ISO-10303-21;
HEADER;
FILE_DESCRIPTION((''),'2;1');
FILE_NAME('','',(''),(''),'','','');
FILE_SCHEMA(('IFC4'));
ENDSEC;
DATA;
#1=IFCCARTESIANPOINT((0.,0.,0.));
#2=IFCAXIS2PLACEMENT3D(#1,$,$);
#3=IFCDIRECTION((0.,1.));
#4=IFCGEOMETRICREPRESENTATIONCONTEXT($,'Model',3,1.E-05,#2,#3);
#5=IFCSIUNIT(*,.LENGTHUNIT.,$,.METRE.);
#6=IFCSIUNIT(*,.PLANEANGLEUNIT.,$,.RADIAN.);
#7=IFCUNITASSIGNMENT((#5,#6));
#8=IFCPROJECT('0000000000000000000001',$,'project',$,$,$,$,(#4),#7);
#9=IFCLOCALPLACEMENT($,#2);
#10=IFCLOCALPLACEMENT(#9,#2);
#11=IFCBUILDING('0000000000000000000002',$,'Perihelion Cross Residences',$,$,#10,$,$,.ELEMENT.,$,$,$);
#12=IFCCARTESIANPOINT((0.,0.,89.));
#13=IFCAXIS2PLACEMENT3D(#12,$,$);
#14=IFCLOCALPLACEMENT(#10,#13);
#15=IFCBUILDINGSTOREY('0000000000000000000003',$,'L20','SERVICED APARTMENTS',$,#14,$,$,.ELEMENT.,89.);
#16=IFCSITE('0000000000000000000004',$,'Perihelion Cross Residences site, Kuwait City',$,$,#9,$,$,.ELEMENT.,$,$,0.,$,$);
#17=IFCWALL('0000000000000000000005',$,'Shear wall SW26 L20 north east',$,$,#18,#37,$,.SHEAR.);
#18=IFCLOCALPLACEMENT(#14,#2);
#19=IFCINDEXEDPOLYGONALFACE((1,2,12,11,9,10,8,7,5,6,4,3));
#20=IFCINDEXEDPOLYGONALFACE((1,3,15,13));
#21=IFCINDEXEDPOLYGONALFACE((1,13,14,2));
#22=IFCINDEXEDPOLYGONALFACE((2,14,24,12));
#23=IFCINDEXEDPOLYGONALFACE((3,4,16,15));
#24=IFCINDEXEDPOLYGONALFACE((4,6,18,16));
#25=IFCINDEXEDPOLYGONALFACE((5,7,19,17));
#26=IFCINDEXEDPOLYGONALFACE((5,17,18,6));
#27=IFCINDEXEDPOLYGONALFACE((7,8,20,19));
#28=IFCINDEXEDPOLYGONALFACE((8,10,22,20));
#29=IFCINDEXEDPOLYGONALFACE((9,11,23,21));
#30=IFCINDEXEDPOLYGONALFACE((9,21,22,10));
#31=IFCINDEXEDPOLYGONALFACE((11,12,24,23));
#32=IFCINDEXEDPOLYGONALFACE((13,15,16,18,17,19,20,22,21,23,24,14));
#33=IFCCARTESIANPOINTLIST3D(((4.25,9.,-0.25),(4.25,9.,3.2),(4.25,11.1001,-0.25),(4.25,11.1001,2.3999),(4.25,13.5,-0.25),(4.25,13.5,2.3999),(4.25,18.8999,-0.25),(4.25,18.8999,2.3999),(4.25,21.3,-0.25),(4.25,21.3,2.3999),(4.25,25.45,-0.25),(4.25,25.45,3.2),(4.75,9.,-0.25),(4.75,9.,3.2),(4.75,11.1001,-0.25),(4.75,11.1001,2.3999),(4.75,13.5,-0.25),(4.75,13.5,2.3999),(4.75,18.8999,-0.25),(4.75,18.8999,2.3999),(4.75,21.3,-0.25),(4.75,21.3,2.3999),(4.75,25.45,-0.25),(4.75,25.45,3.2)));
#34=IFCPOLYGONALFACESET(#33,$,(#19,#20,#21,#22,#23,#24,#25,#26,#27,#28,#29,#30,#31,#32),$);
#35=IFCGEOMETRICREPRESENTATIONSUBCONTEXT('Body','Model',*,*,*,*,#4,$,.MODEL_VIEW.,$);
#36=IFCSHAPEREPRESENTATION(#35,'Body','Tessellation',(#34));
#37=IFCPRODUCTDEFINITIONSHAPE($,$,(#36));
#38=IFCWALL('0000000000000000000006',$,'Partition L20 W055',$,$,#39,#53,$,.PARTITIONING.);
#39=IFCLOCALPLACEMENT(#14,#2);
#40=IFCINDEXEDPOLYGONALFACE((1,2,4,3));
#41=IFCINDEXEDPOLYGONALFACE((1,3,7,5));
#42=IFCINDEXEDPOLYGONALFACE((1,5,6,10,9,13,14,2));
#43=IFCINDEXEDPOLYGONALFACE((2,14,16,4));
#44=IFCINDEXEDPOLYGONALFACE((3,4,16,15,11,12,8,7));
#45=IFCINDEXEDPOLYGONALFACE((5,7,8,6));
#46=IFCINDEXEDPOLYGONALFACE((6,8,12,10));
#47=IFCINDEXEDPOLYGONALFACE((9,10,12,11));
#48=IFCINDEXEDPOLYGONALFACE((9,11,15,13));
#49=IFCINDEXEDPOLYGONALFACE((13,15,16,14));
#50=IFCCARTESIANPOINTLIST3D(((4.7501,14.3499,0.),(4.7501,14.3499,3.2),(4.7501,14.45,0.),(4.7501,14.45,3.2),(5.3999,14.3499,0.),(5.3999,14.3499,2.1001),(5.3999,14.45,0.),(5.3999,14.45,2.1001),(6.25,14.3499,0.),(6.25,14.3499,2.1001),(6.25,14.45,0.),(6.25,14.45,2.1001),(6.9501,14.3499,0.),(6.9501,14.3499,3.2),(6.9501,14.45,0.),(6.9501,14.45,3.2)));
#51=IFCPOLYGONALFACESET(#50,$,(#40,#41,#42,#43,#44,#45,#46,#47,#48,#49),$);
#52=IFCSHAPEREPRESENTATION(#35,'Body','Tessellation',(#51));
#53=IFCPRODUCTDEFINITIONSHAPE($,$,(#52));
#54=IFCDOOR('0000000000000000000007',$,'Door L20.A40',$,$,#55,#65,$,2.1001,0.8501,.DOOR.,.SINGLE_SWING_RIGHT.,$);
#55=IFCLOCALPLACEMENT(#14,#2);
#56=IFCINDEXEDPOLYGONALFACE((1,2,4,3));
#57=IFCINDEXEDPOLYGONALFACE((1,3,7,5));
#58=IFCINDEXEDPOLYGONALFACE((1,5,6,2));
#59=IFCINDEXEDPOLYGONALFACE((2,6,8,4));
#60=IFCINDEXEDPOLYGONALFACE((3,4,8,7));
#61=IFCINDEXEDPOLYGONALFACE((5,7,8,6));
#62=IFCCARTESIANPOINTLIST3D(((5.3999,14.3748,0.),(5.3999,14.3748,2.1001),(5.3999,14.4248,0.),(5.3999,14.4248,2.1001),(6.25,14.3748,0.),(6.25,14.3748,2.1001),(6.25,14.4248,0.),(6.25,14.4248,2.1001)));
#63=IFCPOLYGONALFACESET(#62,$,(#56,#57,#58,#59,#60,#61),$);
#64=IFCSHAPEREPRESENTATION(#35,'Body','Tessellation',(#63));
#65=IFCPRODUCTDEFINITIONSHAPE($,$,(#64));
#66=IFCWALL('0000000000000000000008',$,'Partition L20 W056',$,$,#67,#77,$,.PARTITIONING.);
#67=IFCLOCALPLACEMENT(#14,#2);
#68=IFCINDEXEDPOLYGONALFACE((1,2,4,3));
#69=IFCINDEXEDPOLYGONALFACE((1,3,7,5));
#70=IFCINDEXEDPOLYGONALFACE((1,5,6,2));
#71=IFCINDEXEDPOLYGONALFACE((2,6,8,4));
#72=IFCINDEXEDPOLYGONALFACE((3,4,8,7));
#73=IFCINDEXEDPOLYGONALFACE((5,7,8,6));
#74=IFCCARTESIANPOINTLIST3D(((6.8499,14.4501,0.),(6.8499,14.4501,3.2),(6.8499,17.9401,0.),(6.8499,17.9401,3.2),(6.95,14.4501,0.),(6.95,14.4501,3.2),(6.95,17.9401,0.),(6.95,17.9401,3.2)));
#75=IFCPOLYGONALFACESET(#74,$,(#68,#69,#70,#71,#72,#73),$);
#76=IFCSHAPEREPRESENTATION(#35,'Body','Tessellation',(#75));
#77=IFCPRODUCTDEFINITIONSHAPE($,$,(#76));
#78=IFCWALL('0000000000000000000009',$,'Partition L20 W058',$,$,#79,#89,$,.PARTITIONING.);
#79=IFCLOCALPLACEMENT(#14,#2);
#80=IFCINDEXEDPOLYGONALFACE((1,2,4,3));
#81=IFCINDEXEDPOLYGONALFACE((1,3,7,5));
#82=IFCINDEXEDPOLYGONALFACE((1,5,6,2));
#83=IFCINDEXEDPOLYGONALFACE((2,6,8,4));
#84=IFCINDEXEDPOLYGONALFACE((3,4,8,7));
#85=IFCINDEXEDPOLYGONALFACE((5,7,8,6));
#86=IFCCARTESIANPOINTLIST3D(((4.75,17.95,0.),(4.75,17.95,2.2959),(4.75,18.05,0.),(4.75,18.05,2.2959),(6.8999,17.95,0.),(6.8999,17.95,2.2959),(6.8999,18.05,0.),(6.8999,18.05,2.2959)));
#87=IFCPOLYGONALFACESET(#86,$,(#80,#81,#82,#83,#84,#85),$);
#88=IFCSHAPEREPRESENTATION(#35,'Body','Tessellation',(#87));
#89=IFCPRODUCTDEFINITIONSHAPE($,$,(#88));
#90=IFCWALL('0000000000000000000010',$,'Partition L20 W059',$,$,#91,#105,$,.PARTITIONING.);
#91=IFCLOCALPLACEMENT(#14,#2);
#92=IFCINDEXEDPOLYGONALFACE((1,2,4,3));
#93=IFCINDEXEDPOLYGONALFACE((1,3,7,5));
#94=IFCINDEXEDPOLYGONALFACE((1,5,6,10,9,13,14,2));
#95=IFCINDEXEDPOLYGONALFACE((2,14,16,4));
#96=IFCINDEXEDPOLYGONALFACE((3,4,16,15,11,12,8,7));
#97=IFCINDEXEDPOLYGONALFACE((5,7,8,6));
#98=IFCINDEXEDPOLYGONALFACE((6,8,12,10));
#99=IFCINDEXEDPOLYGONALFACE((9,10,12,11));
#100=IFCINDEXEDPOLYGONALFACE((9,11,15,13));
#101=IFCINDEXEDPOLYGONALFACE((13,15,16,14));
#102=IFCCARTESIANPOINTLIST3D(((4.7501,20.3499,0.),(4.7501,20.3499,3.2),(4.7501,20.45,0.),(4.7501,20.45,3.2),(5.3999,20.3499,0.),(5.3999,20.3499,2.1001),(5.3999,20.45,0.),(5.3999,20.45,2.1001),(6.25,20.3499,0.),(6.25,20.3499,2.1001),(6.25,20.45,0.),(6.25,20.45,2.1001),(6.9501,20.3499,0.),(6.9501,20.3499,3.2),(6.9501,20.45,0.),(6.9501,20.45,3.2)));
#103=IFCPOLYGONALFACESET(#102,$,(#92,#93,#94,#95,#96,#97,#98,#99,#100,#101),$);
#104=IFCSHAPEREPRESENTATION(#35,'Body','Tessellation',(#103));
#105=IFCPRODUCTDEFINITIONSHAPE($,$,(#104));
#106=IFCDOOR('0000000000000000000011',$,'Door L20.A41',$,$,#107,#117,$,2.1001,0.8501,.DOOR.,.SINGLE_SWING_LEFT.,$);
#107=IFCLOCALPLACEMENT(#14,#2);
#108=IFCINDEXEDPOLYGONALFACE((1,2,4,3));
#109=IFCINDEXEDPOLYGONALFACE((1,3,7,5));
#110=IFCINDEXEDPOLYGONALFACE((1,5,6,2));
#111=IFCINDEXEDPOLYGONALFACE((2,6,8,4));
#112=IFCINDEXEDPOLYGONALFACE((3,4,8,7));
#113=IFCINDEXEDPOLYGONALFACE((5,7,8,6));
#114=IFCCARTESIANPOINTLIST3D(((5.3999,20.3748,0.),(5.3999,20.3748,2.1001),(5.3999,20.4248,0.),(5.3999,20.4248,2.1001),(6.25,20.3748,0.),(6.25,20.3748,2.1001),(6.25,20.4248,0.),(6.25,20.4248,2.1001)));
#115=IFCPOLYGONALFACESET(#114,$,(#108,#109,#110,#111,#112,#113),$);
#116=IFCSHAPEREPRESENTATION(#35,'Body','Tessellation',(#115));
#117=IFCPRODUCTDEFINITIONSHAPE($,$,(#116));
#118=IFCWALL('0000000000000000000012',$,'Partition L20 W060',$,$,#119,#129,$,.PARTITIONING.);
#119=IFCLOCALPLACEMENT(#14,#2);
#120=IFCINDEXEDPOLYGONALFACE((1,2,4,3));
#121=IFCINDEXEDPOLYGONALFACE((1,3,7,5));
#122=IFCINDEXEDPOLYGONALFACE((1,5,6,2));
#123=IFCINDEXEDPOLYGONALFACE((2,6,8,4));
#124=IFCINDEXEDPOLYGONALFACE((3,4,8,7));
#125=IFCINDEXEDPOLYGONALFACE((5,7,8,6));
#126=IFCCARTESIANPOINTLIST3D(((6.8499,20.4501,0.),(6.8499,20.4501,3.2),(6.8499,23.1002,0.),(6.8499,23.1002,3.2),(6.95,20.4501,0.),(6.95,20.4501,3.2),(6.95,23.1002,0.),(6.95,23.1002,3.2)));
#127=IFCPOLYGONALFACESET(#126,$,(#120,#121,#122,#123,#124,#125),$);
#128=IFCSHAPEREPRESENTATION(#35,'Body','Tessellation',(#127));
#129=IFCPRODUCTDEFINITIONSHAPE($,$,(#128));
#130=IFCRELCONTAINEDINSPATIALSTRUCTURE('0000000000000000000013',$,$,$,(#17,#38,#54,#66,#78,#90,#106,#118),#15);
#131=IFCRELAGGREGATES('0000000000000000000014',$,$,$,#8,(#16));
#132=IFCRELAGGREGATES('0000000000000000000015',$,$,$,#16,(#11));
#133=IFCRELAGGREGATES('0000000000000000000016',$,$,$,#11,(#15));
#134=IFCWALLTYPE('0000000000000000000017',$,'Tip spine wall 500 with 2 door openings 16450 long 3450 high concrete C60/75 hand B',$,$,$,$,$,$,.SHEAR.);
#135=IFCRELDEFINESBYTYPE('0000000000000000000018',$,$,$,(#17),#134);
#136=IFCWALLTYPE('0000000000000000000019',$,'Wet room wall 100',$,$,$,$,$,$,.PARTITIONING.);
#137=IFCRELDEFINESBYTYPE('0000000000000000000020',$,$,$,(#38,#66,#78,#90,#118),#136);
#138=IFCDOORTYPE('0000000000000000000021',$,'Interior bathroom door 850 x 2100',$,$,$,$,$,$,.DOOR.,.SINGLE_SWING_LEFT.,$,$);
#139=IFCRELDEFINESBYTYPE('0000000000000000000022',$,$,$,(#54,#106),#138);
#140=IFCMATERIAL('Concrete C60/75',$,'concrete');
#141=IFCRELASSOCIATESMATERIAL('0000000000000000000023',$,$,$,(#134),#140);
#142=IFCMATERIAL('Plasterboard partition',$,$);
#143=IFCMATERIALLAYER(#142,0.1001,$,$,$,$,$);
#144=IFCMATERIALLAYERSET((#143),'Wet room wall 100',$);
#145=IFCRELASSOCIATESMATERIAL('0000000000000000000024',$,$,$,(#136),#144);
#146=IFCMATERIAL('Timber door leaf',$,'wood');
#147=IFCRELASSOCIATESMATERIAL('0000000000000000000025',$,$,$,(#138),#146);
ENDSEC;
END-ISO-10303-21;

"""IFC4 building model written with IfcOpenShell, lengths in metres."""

from ifc_helpers import new_model, si_unit, direction, frame, frame_2d, origin, place, context, subcontext, project, spatial, polyline, rectangle, outline, extrude, material, layer, layer_set, material_profile, profile_set, type_object, element, fill, save


model = new_model("IFC4")

# Units and contexts
model_context = context("Model", 3, precision=1e-05, world=origin(), true_north=direction((0.0, 1.0)))
body_context = subcontext(model_context, "Body", "Model", "MODEL_VIEW")
ifc_project = project(units=[si_unit("LENGTHUNIT", "METRE"), si_unit("PLANEANGLEUNIT", "RADIAN")], contexts=[model_context])

# Site, building, storey
site_placement = place(None, origin())
site = spatial("IfcSite", under=ifc_project, at=site_placement, Name="Perihelion Cross Residences site, Kuwait City", CompositionType="ELEMENT", RefElevation=0.0)
building_placement = place(site_placement, origin())
building = spatial("IfcBuilding", under=site, at=building_placement, Name="Perihelion Cross Residences", CompositionType="ELEMENT")
storey_placement = place(building_placement, frame((0.0, 0.0, 89.0)))
storey = spatial("IfcBuildingStorey", under=building, at=storey_placement, Name="L20", Description="SERVICED APARTMENTS", CompositionType="ELEMENT", Elevation=89.0)

# Wall
ifc_material_1 = material(Name="Concrete C60/75", Category="concrete")
ifc_material_profile_1 = material_profile(ifc_material_1, outline(polyline([(0.0, 0.0), (2.1001, 0.0), (2.1001, 2.6499), (4.5, 2.6499), (4.5, 0.0), (9.8999, 0.0), (9.8999, 2.6499), (12.3, 2.6499), (12.3, 0.0), (16.45, 0.0), (16.45, 3.45), (0.0, 3.45), (0.0, 0.0)])), Name="Tip spine wall")
ifc_profile_set_1 = profile_set([ifc_material_profile_1], Name="Concrete C60/75")
wall_type_1 = type_object("IfcWallType", Name="Tip spine wall 500 with 2 door openings 16450 long 3450 high concrete C60/75 hand B", PredefinedType="SHEAR", material=ifc_profile_set_1)
wall_1_placement = place(storey_placement, frame((4.25, 9.0, -0.25), z_axis=(1.0, 0.0, 0.0), x_axis=(0.0, 1.0, 0.0)))
element("IfcWall", 1, at=wall_1_placement, inside=storey, type_object=wall_type_1, Name="Shear wall SW26 L20 north east", PredefinedType="SHEAR", context=body_context, shape_type="SweptSolid", body=[
    extrude(outline(polyline([(0.0, 0.0), (2.1001, 0.0), (2.1001, 2.6499), (4.5, 2.6499), (4.5, 0.0), (9.8999, 0.0), (9.8999, 2.6499), (12.3, 2.6499), (12.3, 0.0), (16.45, 0.0), (16.45, 3.45), (0.0, 3.45), (0.0, 0.0)])), origin(), (0.0, 0.0, 1.0), 0.5),
])

# Wall, opening, door
ifc_material_2 = material(Name="Plasterboard partition")
ifc_layer_1 = layer(ifc_material_2, 0.1001)
ifc_layer_set_1 = layer_set([ifc_layer_1], Name="Wet room wall 100")
wall_type_2 = type_object("IfcWallType", Name="Wet room wall 100", PredefinedType="PARTITIONING", material=ifc_layer_set_1)
wall_2_placement = place(storey_placement, frame((4.75, 14.3999, 0.0), z_axis=(0.0, 0.0, 1.0), x_axis=(1.0, 0.0, 0.0)))
wall_2 = element("IfcWall", 2, at=wall_2_placement, inside=storey, type_object=wall_type_2, Name="Partition L20 W055", PredefinedType="PARTITIONING", context=body_context, shape_type="SweptSolid", body=[
    extrude(rectangle(XDim=2.2, YDim=0.1001, at=frame_2d((1.1001, 0.0))), origin(), (0.0, 0.0, 1.0), 3.2),
])
opening_1_placement = place(wall_2_placement, frame((0.6499, 0.0, 0.0)))
opening_1 = element("IfcOpeningElement", 3, at=opening_1_placement, cuts=wall_2, PredefinedType="OPENING", context=body_context, shape_type="SweptSolid", body=[
    extrude(rectangle(XDim=0.8501, YDim=2.1001, at=frame_2d((0.425, 1.05))), frame((0.0, 0.0601, 0.0), z_axis=(0.0, -1.0, 0.0), x_axis=(1.0, 0.0, 0.0)), (0.0, 0.0, 1.0), 0.1201),
])
ifc_material_3 = material(Name="Timber door leaf", Category="wood")
door_type_1 = type_object("IfcDoorType", Name="Interior bathroom door 850 x 2100", OperationType="SINGLE_SWING_LEFT", PredefinedType="DOOR", material=ifc_material_3)
door_1_placement = place(opening_1_placement, origin())
door_1 = element("IfcDoor", 4, at=door_1_placement, inside=storey, type_object=door_type_1, Name="Door L20.A40", OperationType="SINGLE_SWING_RIGHT", OverallHeight=2.1001, OverallWidth=0.8501, PredefinedType="DOOR", context=body_context, shape_type="SweptSolid", body=[
    extrude(rectangle(XDim=0.8501, YDim=2.1001, at=frame_2d((0.425, 1.05))), frame((0.0, 0.0249, 0.0), z_axis=(0.0, -1.0, 0.0), x_axis=(1.0, 0.0, 0.0)), (0.0, 0.0, 1.0), 0.05),
])
fill(opening_1, door_1)

# Walls
wall_3_placement = place(storey_placement, frame((6.8999, 14.45, 0.0), z_axis=(0.0, 0.0, 1.0), x_axis=(0.0, 1.0, 0.0)))
element("IfcWall", 5, at=wall_3_placement, inside=storey, type_object=wall_type_2, Name="Partition L20 W056", PredefinedType="PARTITIONING", context=body_context, shape_type="SweptSolid", body=[
    extrude(rectangle(XDim=3.49, YDim=0.1001, at=frame_2d((1.7451, 0.0))), origin(), (0.0, 0.0, 1.0), 3.2),
])
wall_4_placement = place(storey_placement, frame((4.75, 18.0, 0.0), z_axis=(0.0, 0.0, 1.0), x_axis=(1.0, 0.0, 0.0)))
element("IfcWall", 6, at=wall_4_placement, inside=storey, type_object=wall_type_2, Name="Partition L20 W058", PredefinedType="PARTITIONING", context=body_context, shape_type="SweptSolid", body=[
    extrude(rectangle(XDim=2.1499, YDim=0.1001, at=frame_2d((1.075, 0.0))), origin(), (0.0, 0.0, 1.0), 2.2959),
])

# Wall, opening, door
wall_5_placement = place(storey_placement, frame((4.75, 20.3999, 0.0), z_axis=(0.0, 0.0, 1.0), x_axis=(1.0, 0.0, 0.0)))
wall_5 = element("IfcWall", 7, at=wall_5_placement, inside=storey, type_object=wall_type_2, Name="Partition L20 W059", PredefinedType="PARTITIONING", context=body_context, shape_type="SweptSolid", body=[
    extrude(rectangle(XDim=2.2, YDim=0.1001, at=frame_2d((1.1001, 0.0))), origin(), (0.0, 0.0, 1.0), 3.2),
])
opening_2_placement = place(wall_5_placement, frame((0.6499, 0.0, 0.0)))
opening_2 = element("IfcOpeningElement", 8, at=opening_2_placement, cuts=wall_5, PredefinedType="OPENING", context=body_context, shape_type="SweptSolid", body=[
    extrude(rectangle(XDim=0.8501, YDim=2.1001, at=frame_2d((0.425, 1.05))), frame((0.0, 0.0601, 0.0), z_axis=(0.0, -1.0, 0.0), x_axis=(1.0, 0.0, 0.0)), (0.0, 0.0, 1.0), 0.1201),
])
door_2_placement = place(opening_2_placement, origin())
door_2 = element("IfcDoor", 9, at=door_2_placement, inside=storey, type_object=door_type_1, Name="Door L20.A41", OperationType="SINGLE_SWING_LEFT", OverallHeight=2.1001, OverallWidth=0.8501, PredefinedType="DOOR", context=body_context, shape_type="SweptSolid", body=[
    extrude(rectangle(XDim=0.8501, YDim=2.1001, at=frame_2d((0.425, 1.05))), frame((0.0, 0.0249, 0.0), z_axis=(0.0, -1.0, 0.0), x_axis=(1.0, 0.0, 0.0)), (0.0, 0.0, 1.0), 0.05),
])
fill(opening_2, door_2)

# Wall
wall_6_placement = place(storey_placement, frame((6.8999, 20.45, 0.0), z_axis=(0.0, 0.0, 1.0), x_axis=(0.0, 1.0, 0.0)))
element("IfcWall", 10, at=wall_6_placement, inside=storey, type_object=wall_type_2, Name="Partition L20 W060", PredefinedType="PARTITIONING", context=body_context, shape_type="SweptSolid", body=[
    extrude(rectangle(XDim=2.6501, YDim=0.1001, at=frame_2d((1.3252, 0.0))), origin(), (0.0, 0.0, 1.0), 3.2),
])

save(model, "model.ifc")
